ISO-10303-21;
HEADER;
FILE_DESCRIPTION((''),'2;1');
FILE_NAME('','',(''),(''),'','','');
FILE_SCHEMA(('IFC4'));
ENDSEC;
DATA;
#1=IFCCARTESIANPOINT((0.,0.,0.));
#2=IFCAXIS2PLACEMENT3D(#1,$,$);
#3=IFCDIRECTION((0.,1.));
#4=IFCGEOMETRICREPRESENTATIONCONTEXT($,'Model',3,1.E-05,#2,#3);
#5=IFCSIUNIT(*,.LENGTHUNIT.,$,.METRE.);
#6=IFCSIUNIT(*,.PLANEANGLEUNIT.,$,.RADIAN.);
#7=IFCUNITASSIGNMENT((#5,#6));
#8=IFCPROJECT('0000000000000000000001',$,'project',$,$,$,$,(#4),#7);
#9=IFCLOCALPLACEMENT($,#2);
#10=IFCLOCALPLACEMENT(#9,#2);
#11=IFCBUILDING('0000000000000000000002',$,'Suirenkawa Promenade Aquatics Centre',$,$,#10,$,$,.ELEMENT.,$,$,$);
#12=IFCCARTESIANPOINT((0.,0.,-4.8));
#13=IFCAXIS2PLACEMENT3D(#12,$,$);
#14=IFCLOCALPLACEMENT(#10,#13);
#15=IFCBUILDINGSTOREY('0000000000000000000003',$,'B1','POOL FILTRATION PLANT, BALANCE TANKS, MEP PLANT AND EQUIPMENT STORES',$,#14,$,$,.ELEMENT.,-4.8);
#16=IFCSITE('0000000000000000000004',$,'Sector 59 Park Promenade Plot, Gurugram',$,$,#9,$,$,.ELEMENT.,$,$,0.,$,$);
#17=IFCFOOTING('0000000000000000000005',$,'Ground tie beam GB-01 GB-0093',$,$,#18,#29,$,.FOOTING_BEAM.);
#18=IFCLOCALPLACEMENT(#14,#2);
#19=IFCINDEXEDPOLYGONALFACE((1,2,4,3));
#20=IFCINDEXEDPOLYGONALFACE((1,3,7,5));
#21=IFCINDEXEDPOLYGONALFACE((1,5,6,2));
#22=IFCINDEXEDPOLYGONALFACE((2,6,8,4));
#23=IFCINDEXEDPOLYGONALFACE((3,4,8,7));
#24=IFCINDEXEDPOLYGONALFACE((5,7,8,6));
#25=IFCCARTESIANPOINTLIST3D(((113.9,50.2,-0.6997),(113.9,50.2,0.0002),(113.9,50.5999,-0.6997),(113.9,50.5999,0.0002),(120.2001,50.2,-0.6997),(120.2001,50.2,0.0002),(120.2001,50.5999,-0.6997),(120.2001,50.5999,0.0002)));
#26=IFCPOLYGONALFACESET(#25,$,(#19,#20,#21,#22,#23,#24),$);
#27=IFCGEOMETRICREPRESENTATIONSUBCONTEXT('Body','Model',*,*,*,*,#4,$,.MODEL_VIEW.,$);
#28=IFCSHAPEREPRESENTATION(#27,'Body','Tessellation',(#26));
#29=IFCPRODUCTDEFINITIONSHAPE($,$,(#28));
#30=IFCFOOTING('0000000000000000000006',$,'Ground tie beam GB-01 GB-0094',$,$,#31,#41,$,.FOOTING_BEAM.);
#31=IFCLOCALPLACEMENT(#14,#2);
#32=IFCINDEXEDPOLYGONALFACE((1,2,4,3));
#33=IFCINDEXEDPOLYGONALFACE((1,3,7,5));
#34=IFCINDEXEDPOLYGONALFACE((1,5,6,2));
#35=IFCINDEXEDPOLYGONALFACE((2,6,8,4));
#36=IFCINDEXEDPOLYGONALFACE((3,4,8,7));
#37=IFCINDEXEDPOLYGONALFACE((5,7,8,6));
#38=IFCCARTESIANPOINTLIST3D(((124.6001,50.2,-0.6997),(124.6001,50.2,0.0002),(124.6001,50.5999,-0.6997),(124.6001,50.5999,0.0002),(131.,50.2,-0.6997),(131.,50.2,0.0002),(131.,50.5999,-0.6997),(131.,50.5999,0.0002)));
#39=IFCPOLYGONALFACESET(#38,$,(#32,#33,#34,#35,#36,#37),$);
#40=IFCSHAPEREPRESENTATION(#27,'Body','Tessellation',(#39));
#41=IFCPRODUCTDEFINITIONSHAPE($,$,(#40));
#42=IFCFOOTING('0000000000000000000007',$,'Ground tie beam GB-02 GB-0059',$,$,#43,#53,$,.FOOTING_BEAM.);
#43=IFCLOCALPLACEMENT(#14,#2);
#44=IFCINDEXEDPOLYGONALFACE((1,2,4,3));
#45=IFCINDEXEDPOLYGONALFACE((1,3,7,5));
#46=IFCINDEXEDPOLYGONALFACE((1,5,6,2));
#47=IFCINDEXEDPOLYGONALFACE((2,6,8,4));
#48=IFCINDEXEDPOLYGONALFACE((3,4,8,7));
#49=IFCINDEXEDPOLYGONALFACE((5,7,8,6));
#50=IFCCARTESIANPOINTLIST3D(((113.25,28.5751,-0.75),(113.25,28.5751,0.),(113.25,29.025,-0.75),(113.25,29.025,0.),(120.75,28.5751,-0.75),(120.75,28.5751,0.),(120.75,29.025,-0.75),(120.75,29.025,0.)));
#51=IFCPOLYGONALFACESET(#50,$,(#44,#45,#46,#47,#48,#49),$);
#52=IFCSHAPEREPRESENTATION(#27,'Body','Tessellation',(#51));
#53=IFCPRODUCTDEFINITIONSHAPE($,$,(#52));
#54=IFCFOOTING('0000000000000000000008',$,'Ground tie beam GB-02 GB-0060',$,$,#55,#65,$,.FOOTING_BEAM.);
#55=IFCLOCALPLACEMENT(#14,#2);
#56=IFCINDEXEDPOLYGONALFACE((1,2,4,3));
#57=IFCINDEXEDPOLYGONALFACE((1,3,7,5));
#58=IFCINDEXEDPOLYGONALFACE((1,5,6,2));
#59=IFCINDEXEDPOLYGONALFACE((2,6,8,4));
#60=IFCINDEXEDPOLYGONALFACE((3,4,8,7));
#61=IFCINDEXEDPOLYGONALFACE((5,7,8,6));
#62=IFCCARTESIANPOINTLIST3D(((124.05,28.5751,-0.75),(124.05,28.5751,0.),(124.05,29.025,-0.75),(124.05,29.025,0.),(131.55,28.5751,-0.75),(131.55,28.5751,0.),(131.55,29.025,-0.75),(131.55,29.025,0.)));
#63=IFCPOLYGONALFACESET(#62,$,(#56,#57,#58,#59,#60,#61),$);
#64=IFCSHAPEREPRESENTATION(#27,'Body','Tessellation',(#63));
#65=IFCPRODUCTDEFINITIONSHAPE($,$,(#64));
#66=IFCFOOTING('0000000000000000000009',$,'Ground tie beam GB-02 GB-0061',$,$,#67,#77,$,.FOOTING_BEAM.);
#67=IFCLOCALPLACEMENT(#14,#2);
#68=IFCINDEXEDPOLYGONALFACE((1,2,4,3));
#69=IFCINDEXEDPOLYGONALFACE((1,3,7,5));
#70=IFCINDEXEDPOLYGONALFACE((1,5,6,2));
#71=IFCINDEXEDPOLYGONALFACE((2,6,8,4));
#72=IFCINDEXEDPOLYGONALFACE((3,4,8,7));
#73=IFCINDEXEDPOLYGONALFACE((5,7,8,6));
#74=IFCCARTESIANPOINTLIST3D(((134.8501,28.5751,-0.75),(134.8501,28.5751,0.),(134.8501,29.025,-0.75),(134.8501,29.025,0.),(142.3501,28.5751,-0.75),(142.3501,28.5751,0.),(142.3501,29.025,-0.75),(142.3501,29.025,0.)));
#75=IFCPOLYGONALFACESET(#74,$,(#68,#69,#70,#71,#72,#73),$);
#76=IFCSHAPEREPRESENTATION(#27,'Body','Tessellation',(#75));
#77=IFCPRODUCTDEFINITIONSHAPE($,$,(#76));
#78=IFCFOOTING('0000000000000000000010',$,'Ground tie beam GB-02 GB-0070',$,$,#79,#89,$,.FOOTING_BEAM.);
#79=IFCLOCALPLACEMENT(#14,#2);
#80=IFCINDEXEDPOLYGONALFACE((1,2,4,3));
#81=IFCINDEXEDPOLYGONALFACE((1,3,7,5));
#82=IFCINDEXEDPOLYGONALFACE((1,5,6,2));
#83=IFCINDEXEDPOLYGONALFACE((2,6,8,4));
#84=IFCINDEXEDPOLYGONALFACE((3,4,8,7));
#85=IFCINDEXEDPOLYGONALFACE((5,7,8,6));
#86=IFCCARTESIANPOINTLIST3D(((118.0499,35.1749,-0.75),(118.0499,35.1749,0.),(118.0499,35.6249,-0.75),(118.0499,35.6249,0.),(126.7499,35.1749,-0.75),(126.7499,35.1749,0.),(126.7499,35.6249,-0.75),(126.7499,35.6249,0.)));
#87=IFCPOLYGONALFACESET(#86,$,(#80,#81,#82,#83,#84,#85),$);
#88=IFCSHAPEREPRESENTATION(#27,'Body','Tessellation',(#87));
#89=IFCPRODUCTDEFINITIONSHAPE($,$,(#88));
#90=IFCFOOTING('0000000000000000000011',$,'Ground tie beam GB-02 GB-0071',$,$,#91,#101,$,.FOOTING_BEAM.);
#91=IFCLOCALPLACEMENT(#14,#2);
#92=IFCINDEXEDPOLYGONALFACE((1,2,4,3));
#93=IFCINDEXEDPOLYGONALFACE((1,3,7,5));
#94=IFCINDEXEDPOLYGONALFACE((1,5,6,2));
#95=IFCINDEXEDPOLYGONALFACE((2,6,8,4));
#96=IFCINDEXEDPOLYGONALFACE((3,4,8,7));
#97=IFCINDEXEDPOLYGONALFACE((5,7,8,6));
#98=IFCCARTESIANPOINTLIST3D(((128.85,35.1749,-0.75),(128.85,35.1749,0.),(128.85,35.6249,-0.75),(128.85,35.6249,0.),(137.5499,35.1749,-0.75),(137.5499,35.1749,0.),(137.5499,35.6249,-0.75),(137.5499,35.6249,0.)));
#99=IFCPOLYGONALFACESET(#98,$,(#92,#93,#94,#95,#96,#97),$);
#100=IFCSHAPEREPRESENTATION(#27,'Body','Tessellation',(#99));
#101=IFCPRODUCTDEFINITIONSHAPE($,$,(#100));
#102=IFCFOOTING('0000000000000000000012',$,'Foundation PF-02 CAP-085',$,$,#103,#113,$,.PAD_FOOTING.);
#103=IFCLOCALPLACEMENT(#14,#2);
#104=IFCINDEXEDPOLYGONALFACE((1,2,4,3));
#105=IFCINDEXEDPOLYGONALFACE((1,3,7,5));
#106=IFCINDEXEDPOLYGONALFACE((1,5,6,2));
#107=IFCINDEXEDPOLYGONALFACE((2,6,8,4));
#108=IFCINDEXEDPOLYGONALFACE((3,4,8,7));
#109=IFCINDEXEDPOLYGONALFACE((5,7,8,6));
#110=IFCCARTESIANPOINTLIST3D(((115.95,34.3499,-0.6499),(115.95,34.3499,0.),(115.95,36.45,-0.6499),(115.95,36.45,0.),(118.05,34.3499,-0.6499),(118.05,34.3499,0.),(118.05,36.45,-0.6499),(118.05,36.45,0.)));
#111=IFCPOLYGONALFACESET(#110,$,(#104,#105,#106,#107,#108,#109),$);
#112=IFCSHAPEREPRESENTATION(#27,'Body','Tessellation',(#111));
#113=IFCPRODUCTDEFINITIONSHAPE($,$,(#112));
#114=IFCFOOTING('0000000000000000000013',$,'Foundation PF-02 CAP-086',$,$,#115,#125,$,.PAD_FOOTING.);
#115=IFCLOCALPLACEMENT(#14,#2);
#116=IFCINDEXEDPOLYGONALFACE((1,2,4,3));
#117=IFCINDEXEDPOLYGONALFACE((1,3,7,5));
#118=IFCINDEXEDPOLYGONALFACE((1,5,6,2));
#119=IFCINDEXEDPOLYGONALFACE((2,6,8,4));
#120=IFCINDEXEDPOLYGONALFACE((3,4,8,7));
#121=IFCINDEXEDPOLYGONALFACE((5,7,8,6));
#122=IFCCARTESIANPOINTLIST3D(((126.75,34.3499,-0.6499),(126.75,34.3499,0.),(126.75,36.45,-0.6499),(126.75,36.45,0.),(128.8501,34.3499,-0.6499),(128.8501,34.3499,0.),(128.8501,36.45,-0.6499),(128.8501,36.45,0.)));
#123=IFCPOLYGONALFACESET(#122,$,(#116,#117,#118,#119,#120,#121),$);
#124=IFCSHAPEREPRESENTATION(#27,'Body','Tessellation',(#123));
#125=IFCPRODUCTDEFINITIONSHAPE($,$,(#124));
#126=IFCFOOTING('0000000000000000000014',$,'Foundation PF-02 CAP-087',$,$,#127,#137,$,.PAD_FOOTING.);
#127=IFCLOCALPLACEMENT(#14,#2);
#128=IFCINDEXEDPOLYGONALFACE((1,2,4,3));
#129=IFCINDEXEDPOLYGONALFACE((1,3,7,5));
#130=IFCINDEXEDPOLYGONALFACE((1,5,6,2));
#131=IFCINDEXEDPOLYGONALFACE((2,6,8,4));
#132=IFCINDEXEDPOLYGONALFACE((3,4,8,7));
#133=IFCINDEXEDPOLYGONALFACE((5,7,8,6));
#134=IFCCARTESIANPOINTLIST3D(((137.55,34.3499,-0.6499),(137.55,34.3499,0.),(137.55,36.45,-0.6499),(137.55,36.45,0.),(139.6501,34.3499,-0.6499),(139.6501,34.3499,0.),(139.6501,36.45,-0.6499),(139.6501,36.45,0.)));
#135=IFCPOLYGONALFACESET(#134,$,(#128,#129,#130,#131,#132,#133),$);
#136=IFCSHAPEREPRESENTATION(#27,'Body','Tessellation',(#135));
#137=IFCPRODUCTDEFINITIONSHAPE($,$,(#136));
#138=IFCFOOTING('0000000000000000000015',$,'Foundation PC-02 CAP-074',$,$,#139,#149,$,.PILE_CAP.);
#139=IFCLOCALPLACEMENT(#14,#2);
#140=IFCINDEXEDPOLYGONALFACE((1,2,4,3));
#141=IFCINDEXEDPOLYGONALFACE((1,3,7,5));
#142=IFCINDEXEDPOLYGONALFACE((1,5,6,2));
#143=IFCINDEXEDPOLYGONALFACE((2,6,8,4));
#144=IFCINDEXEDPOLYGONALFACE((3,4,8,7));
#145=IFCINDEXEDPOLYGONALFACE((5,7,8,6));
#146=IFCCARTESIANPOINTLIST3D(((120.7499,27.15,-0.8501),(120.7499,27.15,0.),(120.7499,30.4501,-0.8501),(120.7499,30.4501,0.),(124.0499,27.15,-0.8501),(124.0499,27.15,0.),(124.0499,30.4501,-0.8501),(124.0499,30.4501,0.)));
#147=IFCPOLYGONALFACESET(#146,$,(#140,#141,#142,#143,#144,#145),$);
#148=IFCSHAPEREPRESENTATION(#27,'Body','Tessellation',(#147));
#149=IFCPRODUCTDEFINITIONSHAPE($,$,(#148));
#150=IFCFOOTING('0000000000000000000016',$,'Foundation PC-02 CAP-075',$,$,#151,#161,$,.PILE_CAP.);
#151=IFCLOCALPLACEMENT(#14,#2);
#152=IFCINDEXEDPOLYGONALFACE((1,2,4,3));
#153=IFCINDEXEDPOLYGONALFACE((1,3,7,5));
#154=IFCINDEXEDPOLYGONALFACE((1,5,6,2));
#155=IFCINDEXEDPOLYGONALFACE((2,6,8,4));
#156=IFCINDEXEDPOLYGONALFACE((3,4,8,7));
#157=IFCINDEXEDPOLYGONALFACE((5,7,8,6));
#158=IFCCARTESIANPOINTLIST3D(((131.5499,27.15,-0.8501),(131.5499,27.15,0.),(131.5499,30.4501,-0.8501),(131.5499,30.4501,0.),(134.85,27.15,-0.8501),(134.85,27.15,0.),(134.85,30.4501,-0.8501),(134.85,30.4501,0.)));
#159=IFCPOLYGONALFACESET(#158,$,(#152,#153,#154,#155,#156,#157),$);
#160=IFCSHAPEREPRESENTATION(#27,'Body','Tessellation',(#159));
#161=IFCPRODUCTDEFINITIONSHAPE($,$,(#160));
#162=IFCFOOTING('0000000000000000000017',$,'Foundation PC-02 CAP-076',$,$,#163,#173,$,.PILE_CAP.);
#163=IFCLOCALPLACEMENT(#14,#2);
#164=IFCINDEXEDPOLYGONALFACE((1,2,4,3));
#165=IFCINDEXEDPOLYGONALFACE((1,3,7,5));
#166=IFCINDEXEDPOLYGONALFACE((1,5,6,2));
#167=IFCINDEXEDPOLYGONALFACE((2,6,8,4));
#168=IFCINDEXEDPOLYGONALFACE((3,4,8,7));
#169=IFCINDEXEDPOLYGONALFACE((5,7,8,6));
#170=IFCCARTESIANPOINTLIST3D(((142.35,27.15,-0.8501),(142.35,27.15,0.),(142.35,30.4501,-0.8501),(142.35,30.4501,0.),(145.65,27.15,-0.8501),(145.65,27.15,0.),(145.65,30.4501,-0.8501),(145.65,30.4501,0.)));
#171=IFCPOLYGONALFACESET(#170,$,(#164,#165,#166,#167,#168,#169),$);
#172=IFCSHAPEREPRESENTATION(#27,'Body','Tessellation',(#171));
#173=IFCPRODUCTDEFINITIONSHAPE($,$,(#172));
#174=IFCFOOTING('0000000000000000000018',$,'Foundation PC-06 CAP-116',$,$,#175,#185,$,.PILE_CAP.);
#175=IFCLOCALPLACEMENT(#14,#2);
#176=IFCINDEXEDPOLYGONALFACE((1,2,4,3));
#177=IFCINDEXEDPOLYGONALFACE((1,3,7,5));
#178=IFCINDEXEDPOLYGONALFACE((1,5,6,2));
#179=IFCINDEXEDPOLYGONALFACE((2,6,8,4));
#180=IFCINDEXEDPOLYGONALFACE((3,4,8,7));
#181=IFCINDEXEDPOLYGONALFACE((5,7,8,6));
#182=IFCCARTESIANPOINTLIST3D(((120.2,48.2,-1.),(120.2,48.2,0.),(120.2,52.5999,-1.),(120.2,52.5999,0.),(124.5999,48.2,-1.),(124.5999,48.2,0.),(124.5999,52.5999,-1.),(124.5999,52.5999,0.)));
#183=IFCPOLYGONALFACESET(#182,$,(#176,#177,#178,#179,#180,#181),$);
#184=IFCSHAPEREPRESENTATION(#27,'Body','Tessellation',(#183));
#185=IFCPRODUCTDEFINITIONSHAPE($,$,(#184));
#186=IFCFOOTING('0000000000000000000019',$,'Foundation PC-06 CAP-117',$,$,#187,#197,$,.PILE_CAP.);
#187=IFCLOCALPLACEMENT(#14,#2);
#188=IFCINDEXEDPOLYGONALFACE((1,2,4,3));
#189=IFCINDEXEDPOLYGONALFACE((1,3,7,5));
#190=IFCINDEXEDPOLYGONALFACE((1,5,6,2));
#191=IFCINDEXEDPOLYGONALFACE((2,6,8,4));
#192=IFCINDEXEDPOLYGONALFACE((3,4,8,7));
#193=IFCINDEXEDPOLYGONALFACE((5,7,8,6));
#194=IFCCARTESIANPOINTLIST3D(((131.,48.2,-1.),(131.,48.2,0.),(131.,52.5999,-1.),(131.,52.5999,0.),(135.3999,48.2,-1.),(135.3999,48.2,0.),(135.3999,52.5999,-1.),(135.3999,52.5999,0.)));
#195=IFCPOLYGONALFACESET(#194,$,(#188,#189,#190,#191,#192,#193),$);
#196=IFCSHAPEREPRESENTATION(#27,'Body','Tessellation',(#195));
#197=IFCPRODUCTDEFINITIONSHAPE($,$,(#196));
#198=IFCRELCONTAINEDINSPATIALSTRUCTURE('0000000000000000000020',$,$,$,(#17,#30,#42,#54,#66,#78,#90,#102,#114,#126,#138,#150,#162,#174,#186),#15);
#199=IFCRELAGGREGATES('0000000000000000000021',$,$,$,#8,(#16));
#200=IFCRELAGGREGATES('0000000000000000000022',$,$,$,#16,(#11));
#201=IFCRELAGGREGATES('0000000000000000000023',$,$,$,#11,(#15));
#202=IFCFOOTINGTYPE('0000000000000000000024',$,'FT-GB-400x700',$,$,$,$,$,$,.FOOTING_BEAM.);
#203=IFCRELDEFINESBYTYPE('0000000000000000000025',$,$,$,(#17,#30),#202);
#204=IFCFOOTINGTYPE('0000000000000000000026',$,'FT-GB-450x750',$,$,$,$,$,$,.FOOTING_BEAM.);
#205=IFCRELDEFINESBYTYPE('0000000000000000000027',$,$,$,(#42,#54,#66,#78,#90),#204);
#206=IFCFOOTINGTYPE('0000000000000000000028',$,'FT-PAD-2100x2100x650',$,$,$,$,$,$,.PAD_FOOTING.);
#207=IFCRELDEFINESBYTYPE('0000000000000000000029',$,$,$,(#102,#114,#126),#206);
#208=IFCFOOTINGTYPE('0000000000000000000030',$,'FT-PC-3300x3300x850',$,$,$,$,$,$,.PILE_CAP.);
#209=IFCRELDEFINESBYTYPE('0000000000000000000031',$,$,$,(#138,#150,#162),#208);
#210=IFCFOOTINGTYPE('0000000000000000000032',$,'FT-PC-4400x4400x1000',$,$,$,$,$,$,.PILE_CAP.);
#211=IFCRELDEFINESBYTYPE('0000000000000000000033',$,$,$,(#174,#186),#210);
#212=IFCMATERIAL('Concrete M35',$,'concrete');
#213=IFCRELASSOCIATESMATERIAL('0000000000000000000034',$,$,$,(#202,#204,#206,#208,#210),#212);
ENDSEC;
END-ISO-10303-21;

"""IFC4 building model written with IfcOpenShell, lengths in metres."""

from ifc_helpers import new_model, si_unit, direction, frame, origin, origin_2d, place, context, subcontext, project, spatial, rectangle, extrude, material, type_object, element, save


model = new_model("IFC4")

# Units and contexts
model_context = context("Model", 3, precision=1e-05, world=origin(), true_north=direction((0.0, 1.0)))
body_context = subcontext(model_context, "Body", "Model", "MODEL_VIEW")
ifc_project = project(units=[si_unit("LENGTHUNIT", "METRE"), si_unit("PLANEANGLEUNIT", "RADIAN")], contexts=[model_context])

# Site, building, storey
site_placement = place(None, origin())
site = spatial("IfcSite", under=ifc_project, at=site_placement, Name="Sector 59 Park Promenade Plot, Gurugram", CompositionType="ELEMENT", RefElevation=0.0)
building_placement = place(site_placement, origin())
building = spatial("IfcBuilding", under=site, at=building_placement, Name="Suirenkawa Promenade Aquatics Centre", CompositionType="ELEMENT")
storey_placement = place(building_placement, frame((0.0, 0.0, -4.8)))
storey = spatial("IfcBuildingStorey", under=building, at=storey_placement, Name="B1", Description="POOL FILTRATION PLANT, BALANCE TANKS, MEP PLANT AND EQUIPMENT STORES", CompositionType="ELEMENT", Elevation=-4.8)

# Footings
ifc_material_1 = material(Name="Concrete M35", Category="concrete")
footing_type_1 = type_object("IfcFootingType", Name="FT-GB-400x700", PredefinedType="FOOTING_BEAM", material=ifc_material_1)
footing_1_placement = place(storey_placement, frame((117.05, 50.3999, -0.6997), z_axis=(0.0, 0.0, 1.0), x_axis=(1.0, 0.0, 0.0)))
element("IfcFooting", 1, at=footing_1_placement, inside=storey, type_object=footing_type_1, Name="Ground tie beam GB-01 GB-0093", PredefinedType="FOOTING_BEAM", context=body_context, shape_type="SweptSolid", body=[
    extrude(rectangle(XDim=6.3, YDim=0.3999, at=origin_2d()), origin(), (0.0, 0.0, 1.0), 0.7),
])
footing_2_placement = place(storey_placement, frame((127.8, 50.3999, -0.6997), z_axis=(0.0, 0.0, 1.0), x_axis=(1.0, 0.0, 0.0)))
element("IfcFooting", 2, at=footing_2_placement, inside=storey, type_object=footing_type_1, Name="Ground tie beam GB-01 GB-0094", PredefinedType="FOOTING_BEAM", context=body_context, shape_type="SweptSolid", body=[
    extrude(rectangle(XDim=6.3999, YDim=0.3999, at=origin_2d()), origin(), (0.0, 0.0, 1.0), 0.7),
])
footing_type_2 = type_object("IfcFootingType", Name="FT-GB-450x750", PredefinedType="FOOTING_BEAM", material=ifc_material_1)
for number, where, z_axis, x_axis, name in (
    (3, (117.0, 28.8, -0.75), (0.0, 0.0, 1.0), (1.0, 0.0, 0.0), "Ground tie beam GB-02 GB-0059"),
    (4, (127.8, 28.8, -0.75), (0.0, 0.0, 1.0), (1.0, 0.0, 0.0), "Ground tie beam GB-02 GB-0060"),
    (5, (138.6001, 28.8, -0.75), (0.0, 0.0, 1.0), (1.0, 0.0, 0.0), "Ground tie beam GB-02 GB-0061"),
):
    element("IfcFooting", number, at=place(storey_placement, frame(where, z_axis=z_axis, x_axis=x_axis)), inside=storey, type_object=footing_type_2, Name=name, PredefinedType="FOOTING_BEAM", context=body_context, shape_type="SweptSolid", body=[
        extrude(rectangle(XDim=7.5, YDim=0.45, at=origin_2d()), origin(), (0.0, 0.0, 1.0), 0.75),
    ])
for number, where, z_axis, x_axis, name in (
    (6, (122.3999, 35.3999, -0.75), (0.0, 0.0, 1.0), (1.0, 0.0, 0.0), "Ground tie beam GB-02 GB-0070"),
    (7, (133.2, 35.3999, -0.75), (0.0, 0.0, 1.0), (1.0, 0.0, 0.0), "Ground tie beam GB-02 GB-0071"),
):
    element("IfcFooting", number, at=place(storey_placement, frame(where, z_axis=z_axis, x_axis=x_axis)), inside=storey, type_object=footing_type_2, Name=name, PredefinedType="FOOTING_BEAM", context=body_context, shape_type="SweptSolid", body=[
        extrude(rectangle(XDim=8.7, YDim=0.45, at=origin_2d()), origin(), (0.0, 0.0, 1.0), 0.75),
    ])
footing_type_3 = type_object("IfcFootingType", Name="FT-PAD-2100x2100x650", PredefinedType="PAD_FOOTING", material=ifc_material_1)
for number, where, z_axis, x_axis, name in (
    (8, (117.0, 35.3999, -0.6499), (0.0, 0.0, 1.0), (1.0, 0.0, 0.0), "Foundation PF-02 CAP-085"),
    (9, (127.8, 35.3999, -0.6499), (0.0, 0.0, 1.0), (1.0, 0.0, 0.0), "Foundation PF-02 CAP-086"),
    (10, (138.6001, 35.3999, -0.6499), (0.0, 0.0, 1.0), (1.0, 0.0, 0.0), "Foundation PF-02 CAP-087"),
):
    element("IfcFooting", number, at=place(storey_placement, frame(where, z_axis=z_axis, x_axis=x_axis)), inside=storey, type_object=footing_type_3, Name=name, PredefinedType="PAD_FOOTING", context=body_context, shape_type="SweptSolid", body=[
        extrude(rectangle(XDim=2.1001, YDim=2.1001, at=origin_2d()), origin(), (0.0, 0.0, 1.0), 0.6499),
    ])
footing_type_4 = type_object("IfcFootingType", Name="FT-PC-3300x3300x850", PredefinedType="PILE_CAP", material=ifc_material_1)
for number, where, z_axis, x_axis, name in (
    (11, (122.3999, 28.8, -0.8501), (0.0, 0.0, 1.0), (1.0, 0.0, 0.0), "Foundation PC-02 CAP-074"),
    (12, (133.2, 28.8, -0.8501), (0.0, 0.0, 1.0), (1.0, 0.0, 0.0), "Foundation PC-02 CAP-075"),
    (13, (144.0, 28.8, -0.8501), (0.0, 0.0, 1.0), (1.0, 0.0, 0.0), "Foundation PC-02 CAP-076"),
):
    element("IfcFooting", number, at=place(storey_placement, frame(where, z_axis=z_axis, x_axis=x_axis)), inside=storey, type_object=footing_type_4, Name=name, PredefinedType="PILE_CAP", context=body_context, shape_type="SweptSolid", body=[
        extrude(rectangle(XDim=3.3, YDim=3.3, at=origin_2d()), origin(), (0.0, 0.0, 1.0), 0.8501),
    ])
footing_type_5 = type_object("IfcFootingType", Name="FT-PC-4400x4400x1000", PredefinedType="PILE_CAP", material=ifc_material_1)
for number, where, z_axis, x_axis, name in (
    (14, (122.3999, 50.3999, -1.0), (0.0, 0.0, 1.0), (1.0, 0.0, 0.0), "Foundation PC-06 CAP-116"),
    (15, (133.2, 50.3999, -1.0), (0.0, 0.0, 1.0), (1.0, 0.0, 0.0), "Foundation PC-06 CAP-117"),
):
    element("IfcFooting", number, at=place(storey_placement, frame(where, z_axis=z_axis, x_axis=x_axis)), inside=storey, type_object=footing_type_5, Name=name, PredefinedType="PILE_CAP", context=body_context, shape_type="SweptSolid", body=[
        extrude(rectangle(XDim=4.3999, YDim=4.3999, at=origin_2d()), origin(), (0.0, 0.0, 1.0), 1.0),
    ])

save(model, "model.ifc")
